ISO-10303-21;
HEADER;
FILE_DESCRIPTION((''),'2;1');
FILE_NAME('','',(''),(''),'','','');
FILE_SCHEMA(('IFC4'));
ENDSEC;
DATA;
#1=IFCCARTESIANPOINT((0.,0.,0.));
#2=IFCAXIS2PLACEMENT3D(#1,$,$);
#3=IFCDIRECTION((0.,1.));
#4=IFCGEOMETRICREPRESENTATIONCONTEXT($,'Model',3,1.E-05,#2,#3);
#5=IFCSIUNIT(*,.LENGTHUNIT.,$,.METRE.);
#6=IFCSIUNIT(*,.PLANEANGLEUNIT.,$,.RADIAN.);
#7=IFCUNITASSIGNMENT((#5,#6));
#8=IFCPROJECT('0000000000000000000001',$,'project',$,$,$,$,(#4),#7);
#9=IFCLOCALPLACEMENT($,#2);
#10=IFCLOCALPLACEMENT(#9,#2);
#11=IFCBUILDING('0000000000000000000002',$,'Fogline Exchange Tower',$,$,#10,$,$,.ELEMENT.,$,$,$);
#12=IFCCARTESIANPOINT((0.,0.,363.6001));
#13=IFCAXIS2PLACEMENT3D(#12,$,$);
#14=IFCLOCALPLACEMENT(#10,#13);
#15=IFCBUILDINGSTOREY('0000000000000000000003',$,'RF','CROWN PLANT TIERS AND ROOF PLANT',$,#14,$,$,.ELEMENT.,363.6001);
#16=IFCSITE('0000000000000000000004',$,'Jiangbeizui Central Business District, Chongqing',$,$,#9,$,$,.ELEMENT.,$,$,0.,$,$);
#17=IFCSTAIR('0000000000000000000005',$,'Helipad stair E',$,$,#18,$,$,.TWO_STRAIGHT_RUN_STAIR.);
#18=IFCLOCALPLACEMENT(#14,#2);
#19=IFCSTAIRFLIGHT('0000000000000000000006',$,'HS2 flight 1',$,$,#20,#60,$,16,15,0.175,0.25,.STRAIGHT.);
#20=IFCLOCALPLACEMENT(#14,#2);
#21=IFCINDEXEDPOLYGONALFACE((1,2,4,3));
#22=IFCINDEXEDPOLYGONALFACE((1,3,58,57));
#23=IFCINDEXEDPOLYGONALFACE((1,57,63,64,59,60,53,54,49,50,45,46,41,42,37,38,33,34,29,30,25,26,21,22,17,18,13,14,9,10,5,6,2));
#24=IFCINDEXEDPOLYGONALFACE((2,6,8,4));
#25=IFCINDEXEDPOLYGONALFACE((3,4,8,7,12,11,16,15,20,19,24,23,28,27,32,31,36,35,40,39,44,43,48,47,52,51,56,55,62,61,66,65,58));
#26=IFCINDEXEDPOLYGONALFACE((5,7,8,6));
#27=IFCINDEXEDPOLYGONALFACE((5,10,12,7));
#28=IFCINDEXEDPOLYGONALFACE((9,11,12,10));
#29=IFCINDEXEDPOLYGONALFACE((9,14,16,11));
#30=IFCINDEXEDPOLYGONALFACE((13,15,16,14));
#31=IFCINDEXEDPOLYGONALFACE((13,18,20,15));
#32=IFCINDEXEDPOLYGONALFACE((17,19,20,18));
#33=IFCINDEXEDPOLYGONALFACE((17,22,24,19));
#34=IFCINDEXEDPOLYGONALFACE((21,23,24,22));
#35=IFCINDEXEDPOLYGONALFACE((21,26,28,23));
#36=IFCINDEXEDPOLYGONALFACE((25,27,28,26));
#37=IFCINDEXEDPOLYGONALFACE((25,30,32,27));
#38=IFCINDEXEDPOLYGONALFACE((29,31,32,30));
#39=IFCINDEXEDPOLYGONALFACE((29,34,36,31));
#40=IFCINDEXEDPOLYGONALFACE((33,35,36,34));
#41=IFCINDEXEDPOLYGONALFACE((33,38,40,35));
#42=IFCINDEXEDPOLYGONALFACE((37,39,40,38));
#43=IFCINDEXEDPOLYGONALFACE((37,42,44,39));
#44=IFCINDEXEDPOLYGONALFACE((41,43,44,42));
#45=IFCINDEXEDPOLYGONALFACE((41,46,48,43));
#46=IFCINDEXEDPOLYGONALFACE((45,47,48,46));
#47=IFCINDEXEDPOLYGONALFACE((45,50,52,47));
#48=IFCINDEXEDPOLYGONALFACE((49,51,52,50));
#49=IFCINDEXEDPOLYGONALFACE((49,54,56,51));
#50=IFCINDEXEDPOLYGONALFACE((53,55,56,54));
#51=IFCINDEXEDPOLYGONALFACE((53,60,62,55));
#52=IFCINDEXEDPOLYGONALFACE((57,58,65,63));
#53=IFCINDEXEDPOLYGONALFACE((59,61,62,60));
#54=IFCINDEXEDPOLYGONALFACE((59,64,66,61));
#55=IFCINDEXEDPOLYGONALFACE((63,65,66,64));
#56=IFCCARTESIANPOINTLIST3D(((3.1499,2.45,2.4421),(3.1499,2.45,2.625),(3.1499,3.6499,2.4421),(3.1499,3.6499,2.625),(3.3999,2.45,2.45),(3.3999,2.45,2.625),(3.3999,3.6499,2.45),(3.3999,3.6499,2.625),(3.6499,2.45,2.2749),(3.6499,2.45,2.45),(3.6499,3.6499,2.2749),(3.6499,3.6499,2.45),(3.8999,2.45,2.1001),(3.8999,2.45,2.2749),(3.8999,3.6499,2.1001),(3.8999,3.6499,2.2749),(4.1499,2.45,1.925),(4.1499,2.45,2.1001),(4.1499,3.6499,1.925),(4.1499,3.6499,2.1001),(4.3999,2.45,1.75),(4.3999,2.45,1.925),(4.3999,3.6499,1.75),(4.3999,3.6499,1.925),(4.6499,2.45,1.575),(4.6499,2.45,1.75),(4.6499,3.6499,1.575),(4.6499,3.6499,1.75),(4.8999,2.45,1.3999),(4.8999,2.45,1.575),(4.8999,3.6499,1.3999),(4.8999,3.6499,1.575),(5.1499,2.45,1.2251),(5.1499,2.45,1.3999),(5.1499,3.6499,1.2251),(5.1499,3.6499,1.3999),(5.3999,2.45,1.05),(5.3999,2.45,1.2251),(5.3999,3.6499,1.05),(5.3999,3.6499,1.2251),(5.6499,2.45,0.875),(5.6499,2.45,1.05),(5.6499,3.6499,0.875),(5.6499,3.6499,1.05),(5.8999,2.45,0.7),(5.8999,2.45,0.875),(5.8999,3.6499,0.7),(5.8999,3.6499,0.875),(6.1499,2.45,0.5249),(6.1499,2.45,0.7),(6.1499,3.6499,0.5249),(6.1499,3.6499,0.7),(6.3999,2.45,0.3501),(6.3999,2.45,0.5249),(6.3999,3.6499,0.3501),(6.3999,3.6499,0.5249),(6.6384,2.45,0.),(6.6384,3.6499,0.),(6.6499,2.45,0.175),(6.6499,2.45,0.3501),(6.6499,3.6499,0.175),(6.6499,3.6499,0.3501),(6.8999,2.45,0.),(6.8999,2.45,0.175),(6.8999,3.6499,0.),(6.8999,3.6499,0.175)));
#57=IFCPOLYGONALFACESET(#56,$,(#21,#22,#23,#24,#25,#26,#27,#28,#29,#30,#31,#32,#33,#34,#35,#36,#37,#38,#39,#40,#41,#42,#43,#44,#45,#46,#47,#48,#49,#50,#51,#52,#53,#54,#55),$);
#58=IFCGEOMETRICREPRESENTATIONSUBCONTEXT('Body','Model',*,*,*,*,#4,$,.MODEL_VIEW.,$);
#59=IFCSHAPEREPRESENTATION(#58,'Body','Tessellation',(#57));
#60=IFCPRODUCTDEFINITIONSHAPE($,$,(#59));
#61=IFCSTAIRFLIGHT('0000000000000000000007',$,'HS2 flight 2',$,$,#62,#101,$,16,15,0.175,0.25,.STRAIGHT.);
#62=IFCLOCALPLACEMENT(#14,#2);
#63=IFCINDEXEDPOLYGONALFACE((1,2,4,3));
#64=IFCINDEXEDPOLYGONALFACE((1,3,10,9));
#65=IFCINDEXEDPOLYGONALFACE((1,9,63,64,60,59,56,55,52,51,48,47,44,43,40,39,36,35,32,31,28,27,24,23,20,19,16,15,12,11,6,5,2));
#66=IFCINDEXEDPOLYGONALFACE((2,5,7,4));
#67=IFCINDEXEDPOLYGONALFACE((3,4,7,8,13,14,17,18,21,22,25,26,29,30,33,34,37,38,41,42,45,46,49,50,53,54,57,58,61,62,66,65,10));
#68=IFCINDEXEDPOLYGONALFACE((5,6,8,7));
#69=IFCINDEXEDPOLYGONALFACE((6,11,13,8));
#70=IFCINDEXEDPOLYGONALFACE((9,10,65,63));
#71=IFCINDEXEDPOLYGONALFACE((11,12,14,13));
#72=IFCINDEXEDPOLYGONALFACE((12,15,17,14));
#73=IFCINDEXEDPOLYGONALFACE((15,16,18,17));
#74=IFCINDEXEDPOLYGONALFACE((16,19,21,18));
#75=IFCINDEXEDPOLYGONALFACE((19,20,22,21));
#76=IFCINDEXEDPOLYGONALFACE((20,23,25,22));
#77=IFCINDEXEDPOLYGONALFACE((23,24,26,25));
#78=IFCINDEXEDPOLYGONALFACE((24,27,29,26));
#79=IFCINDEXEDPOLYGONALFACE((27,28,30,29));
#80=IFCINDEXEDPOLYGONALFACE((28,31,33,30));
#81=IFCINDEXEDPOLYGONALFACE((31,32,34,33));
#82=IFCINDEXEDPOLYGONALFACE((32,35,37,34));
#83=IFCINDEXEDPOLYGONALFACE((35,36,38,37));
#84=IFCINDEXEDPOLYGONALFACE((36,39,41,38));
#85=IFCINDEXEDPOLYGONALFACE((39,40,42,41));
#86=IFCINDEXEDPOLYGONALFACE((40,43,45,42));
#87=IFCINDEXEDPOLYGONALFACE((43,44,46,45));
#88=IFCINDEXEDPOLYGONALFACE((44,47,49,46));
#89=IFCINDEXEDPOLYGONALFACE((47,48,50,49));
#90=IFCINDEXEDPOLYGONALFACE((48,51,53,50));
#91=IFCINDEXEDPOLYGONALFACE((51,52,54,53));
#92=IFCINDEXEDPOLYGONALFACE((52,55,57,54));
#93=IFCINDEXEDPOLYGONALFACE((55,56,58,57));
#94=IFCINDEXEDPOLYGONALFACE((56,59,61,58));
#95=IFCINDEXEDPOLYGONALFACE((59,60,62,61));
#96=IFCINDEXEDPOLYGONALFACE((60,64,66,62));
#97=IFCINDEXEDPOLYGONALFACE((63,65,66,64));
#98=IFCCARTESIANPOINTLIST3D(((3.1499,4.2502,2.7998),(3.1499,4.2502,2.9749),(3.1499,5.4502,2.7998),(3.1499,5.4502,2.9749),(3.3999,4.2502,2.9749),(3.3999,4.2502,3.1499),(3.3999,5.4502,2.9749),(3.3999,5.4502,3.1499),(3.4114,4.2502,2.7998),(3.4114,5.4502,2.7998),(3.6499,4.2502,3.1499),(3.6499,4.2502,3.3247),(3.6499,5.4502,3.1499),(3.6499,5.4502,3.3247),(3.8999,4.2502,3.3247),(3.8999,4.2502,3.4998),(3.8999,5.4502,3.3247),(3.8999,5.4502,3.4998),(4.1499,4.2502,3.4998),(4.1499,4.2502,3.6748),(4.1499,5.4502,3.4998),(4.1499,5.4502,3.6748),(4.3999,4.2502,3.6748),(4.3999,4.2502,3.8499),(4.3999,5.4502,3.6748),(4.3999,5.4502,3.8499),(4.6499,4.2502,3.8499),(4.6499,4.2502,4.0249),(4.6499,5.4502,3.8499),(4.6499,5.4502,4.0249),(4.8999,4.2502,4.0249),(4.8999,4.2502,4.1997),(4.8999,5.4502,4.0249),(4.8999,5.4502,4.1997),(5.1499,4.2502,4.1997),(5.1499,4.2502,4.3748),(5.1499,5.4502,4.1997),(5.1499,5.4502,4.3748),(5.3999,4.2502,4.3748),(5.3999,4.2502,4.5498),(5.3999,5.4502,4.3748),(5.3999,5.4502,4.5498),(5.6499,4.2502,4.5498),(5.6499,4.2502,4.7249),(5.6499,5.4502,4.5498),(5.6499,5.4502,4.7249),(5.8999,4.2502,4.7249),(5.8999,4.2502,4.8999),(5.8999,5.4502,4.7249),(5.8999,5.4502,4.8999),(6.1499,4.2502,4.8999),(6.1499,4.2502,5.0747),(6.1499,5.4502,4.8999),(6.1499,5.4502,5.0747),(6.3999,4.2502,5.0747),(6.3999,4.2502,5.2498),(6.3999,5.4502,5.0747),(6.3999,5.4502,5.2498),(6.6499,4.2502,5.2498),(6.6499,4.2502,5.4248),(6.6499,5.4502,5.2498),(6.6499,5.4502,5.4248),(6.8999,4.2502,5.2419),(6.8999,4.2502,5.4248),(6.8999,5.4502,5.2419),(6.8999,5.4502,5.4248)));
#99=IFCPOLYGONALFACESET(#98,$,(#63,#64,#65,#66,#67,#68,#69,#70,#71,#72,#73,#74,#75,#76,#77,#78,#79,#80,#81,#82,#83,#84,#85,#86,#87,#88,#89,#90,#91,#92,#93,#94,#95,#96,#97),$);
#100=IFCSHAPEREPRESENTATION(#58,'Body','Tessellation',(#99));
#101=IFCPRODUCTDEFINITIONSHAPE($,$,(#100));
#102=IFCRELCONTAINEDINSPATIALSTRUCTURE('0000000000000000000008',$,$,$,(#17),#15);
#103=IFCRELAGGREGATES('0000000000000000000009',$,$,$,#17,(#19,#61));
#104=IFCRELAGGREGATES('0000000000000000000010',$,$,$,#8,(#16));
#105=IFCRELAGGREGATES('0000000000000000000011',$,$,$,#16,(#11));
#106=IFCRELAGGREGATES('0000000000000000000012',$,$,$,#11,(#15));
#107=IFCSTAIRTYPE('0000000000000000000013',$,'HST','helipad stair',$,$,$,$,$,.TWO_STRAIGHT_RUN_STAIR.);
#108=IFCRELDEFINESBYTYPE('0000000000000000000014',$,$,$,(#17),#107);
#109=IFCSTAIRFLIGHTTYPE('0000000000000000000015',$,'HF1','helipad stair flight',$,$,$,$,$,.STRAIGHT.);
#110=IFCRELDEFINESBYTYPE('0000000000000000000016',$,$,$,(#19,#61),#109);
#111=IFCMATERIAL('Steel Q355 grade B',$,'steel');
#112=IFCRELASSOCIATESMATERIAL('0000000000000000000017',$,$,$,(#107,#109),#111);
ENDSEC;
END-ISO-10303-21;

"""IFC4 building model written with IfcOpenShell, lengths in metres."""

from ifc_helpers import new_model, si_unit, direction, frame, origin, place, context, subcontext, project, spatial, polyline, outline, extrude, material, type_object, element, aggregate, save


model = new_model("IFC4")

# Units and contexts
model_context = context("Model", 3, precision=1e-05, world=origin(), true_north=direction((0.0, 1.0)))
body_context = subcontext(model_context, "Body", "Model", "MODEL_VIEW")
ifc_project = project(units=[si_unit("LENGTHUNIT", "METRE"), si_unit("PLANEANGLEUNIT", "RADIAN")], contexts=[model_context])

# Site, building, storey
site_placement = place(None, origin())
site = spatial("IfcSite", under=ifc_project, at=site_placement, Name="Jiangbeizui Central Business District, Chongqing", CompositionType="ELEMENT", RefElevation=0.0)
building_placement = place(site_placement, origin())
building = spatial("IfcBuilding", under=site, at=building_placement, Name="Fogline Exchange Tower", CompositionType="ELEMENT")
storey_placement = place(building_placement, frame((0.0, 0.0, 363.6001)))
storey = spatial("IfcBuildingStorey", under=building, at=storey_placement, Name="RF", Description="CROWN PLANT TIERS AND ROOF PLANT", CompositionType="ELEMENT", Elevation=363.6001)

# Shared definitions
ifc_material_1 = material(Name="Steel Q355 grade B", Category="steel")

# Stair, stair flights
stair_type = type_object("IfcStairType", Name="HST", Description="helipad stair", PredefinedType="TWO_STRAIGHT_RUN_STAIR", material=ifc_material_1)
stair_placement = place(storey_placement, origin())
stair = element("IfcStair", 1, at=stair_placement, inside=storey, type_object=stair_type, Name="Helipad stair E", PredefinedType="TWO_STRAIGHT_RUN_STAIR")
stair_flight_type = type_object("IfcStairFlightType", Name="HF1", Description="helipad stair flight", PredefinedType="STRAIGHT", material=ifc_material_1)
stair_flight_1_placement = place(storey_placement, frame((6.8999, 3.05, 0.0), z_axis=(0.0, 0.0, 1.0), x_axis=(-1.0, 0.0, 0.0)))
stair_flight_1 = element("IfcStairFlight", 2, at=stair_flight_1_placement, type_object=stair_flight_type, Name="HS2 flight 1", NumberOfRisers=16, NumberOfTreads=15, PredefinedType="STRAIGHT", RiserHeight=0.175, TreadLength=0.25, context=body_context, shape_type="SweptSolid", body=[
    extrude(outline(polyline([(0.0, 0.0), (0.0, 0.175), (0.25, 0.175), (0.25, 0.3501), (0.5, 0.3501), (0.5, 0.5249), (0.75, 0.5249), (0.75, 0.7), (1.0, 0.7), (1.0, 0.875), (1.25, 0.875), (1.25, 1.05), (1.5, 1.05), (1.5, 1.2251), (1.75, 1.2251), (1.75, 1.3999), (2.0, 1.3999), (2.0, 1.575), (2.25, 1.575), (2.25, 1.75), (2.5, 1.75), (2.5, 1.925), (2.75, 1.925), (2.75, 2.1001), (3.0, 2.1001), (3.0, 2.2749), (3.25, 2.2749), (3.25, 2.45), (3.5, 2.45), (3.5, 2.625), (3.75, 2.625), (3.75, 2.8), (3.75, 2.4421), (0.2615, 0.0), (0.0, 0.0)])), frame((0.0, 0.6001, 0.0), z_axis=(0.0, -1.0, 0.0), x_axis=(1.0, 0.0, 0.0)), (0.0, 0.0, 1.0), 1.2),
])
stair_flight_2_placement = place(storey_placement, frame((3.1499, 4.8501, 2.7998), z_axis=(0.0, 0.0, 1.0), x_axis=(1.0, 0.0, 0.0)))
stair_flight_2 = element("IfcStairFlight", 3, at=stair_flight_2_placement, type_object=stair_flight_type, Name="HS2 flight 2", NumberOfRisers=16, NumberOfTreads=15, PredefinedType="STRAIGHT", RiserHeight=0.175, TreadLength=0.25, context=body_context, shape_type="SweptSolid", body=[
    extrude(outline(polyline([(0.0, 0.0), (0.0, 0.175), (0.25, 0.175), (0.25, 0.3501), (0.5, 0.3501), (0.5, 0.5249), (0.75, 0.5249), (0.75, 0.7), (1.0, 0.7), (1.0, 0.875), (1.25, 0.875), (1.25, 1.05), (1.5, 1.05), (1.5, 1.2251), (1.75, 1.2251), (1.75, 1.3999), (2.0, 1.3999), (2.0, 1.575), (2.25, 1.575), (2.25, 1.75), (2.5, 1.75), (2.5, 1.925), (2.75, 1.925), (2.75, 2.1001), (3.0, 2.1001), (3.0, 2.2749), (3.25, 2.2749), (3.25, 2.45), (3.5, 2.45), (3.5, 2.625), (3.75, 2.625), (3.75, 2.8), (3.75, 2.4421), (0.2615, 0.0), (0.0, 0.0)])), frame((0.0, 0.6001, 0.0), z_axis=(0.0, -1.0, 0.0), x_axis=(1.0, 0.0, 0.0)), (0.0, 0.0, 1.0), 1.2),
])
aggregate(stair, [stair_flight_1, stair_flight_2])

save(model, "model.ifc")
